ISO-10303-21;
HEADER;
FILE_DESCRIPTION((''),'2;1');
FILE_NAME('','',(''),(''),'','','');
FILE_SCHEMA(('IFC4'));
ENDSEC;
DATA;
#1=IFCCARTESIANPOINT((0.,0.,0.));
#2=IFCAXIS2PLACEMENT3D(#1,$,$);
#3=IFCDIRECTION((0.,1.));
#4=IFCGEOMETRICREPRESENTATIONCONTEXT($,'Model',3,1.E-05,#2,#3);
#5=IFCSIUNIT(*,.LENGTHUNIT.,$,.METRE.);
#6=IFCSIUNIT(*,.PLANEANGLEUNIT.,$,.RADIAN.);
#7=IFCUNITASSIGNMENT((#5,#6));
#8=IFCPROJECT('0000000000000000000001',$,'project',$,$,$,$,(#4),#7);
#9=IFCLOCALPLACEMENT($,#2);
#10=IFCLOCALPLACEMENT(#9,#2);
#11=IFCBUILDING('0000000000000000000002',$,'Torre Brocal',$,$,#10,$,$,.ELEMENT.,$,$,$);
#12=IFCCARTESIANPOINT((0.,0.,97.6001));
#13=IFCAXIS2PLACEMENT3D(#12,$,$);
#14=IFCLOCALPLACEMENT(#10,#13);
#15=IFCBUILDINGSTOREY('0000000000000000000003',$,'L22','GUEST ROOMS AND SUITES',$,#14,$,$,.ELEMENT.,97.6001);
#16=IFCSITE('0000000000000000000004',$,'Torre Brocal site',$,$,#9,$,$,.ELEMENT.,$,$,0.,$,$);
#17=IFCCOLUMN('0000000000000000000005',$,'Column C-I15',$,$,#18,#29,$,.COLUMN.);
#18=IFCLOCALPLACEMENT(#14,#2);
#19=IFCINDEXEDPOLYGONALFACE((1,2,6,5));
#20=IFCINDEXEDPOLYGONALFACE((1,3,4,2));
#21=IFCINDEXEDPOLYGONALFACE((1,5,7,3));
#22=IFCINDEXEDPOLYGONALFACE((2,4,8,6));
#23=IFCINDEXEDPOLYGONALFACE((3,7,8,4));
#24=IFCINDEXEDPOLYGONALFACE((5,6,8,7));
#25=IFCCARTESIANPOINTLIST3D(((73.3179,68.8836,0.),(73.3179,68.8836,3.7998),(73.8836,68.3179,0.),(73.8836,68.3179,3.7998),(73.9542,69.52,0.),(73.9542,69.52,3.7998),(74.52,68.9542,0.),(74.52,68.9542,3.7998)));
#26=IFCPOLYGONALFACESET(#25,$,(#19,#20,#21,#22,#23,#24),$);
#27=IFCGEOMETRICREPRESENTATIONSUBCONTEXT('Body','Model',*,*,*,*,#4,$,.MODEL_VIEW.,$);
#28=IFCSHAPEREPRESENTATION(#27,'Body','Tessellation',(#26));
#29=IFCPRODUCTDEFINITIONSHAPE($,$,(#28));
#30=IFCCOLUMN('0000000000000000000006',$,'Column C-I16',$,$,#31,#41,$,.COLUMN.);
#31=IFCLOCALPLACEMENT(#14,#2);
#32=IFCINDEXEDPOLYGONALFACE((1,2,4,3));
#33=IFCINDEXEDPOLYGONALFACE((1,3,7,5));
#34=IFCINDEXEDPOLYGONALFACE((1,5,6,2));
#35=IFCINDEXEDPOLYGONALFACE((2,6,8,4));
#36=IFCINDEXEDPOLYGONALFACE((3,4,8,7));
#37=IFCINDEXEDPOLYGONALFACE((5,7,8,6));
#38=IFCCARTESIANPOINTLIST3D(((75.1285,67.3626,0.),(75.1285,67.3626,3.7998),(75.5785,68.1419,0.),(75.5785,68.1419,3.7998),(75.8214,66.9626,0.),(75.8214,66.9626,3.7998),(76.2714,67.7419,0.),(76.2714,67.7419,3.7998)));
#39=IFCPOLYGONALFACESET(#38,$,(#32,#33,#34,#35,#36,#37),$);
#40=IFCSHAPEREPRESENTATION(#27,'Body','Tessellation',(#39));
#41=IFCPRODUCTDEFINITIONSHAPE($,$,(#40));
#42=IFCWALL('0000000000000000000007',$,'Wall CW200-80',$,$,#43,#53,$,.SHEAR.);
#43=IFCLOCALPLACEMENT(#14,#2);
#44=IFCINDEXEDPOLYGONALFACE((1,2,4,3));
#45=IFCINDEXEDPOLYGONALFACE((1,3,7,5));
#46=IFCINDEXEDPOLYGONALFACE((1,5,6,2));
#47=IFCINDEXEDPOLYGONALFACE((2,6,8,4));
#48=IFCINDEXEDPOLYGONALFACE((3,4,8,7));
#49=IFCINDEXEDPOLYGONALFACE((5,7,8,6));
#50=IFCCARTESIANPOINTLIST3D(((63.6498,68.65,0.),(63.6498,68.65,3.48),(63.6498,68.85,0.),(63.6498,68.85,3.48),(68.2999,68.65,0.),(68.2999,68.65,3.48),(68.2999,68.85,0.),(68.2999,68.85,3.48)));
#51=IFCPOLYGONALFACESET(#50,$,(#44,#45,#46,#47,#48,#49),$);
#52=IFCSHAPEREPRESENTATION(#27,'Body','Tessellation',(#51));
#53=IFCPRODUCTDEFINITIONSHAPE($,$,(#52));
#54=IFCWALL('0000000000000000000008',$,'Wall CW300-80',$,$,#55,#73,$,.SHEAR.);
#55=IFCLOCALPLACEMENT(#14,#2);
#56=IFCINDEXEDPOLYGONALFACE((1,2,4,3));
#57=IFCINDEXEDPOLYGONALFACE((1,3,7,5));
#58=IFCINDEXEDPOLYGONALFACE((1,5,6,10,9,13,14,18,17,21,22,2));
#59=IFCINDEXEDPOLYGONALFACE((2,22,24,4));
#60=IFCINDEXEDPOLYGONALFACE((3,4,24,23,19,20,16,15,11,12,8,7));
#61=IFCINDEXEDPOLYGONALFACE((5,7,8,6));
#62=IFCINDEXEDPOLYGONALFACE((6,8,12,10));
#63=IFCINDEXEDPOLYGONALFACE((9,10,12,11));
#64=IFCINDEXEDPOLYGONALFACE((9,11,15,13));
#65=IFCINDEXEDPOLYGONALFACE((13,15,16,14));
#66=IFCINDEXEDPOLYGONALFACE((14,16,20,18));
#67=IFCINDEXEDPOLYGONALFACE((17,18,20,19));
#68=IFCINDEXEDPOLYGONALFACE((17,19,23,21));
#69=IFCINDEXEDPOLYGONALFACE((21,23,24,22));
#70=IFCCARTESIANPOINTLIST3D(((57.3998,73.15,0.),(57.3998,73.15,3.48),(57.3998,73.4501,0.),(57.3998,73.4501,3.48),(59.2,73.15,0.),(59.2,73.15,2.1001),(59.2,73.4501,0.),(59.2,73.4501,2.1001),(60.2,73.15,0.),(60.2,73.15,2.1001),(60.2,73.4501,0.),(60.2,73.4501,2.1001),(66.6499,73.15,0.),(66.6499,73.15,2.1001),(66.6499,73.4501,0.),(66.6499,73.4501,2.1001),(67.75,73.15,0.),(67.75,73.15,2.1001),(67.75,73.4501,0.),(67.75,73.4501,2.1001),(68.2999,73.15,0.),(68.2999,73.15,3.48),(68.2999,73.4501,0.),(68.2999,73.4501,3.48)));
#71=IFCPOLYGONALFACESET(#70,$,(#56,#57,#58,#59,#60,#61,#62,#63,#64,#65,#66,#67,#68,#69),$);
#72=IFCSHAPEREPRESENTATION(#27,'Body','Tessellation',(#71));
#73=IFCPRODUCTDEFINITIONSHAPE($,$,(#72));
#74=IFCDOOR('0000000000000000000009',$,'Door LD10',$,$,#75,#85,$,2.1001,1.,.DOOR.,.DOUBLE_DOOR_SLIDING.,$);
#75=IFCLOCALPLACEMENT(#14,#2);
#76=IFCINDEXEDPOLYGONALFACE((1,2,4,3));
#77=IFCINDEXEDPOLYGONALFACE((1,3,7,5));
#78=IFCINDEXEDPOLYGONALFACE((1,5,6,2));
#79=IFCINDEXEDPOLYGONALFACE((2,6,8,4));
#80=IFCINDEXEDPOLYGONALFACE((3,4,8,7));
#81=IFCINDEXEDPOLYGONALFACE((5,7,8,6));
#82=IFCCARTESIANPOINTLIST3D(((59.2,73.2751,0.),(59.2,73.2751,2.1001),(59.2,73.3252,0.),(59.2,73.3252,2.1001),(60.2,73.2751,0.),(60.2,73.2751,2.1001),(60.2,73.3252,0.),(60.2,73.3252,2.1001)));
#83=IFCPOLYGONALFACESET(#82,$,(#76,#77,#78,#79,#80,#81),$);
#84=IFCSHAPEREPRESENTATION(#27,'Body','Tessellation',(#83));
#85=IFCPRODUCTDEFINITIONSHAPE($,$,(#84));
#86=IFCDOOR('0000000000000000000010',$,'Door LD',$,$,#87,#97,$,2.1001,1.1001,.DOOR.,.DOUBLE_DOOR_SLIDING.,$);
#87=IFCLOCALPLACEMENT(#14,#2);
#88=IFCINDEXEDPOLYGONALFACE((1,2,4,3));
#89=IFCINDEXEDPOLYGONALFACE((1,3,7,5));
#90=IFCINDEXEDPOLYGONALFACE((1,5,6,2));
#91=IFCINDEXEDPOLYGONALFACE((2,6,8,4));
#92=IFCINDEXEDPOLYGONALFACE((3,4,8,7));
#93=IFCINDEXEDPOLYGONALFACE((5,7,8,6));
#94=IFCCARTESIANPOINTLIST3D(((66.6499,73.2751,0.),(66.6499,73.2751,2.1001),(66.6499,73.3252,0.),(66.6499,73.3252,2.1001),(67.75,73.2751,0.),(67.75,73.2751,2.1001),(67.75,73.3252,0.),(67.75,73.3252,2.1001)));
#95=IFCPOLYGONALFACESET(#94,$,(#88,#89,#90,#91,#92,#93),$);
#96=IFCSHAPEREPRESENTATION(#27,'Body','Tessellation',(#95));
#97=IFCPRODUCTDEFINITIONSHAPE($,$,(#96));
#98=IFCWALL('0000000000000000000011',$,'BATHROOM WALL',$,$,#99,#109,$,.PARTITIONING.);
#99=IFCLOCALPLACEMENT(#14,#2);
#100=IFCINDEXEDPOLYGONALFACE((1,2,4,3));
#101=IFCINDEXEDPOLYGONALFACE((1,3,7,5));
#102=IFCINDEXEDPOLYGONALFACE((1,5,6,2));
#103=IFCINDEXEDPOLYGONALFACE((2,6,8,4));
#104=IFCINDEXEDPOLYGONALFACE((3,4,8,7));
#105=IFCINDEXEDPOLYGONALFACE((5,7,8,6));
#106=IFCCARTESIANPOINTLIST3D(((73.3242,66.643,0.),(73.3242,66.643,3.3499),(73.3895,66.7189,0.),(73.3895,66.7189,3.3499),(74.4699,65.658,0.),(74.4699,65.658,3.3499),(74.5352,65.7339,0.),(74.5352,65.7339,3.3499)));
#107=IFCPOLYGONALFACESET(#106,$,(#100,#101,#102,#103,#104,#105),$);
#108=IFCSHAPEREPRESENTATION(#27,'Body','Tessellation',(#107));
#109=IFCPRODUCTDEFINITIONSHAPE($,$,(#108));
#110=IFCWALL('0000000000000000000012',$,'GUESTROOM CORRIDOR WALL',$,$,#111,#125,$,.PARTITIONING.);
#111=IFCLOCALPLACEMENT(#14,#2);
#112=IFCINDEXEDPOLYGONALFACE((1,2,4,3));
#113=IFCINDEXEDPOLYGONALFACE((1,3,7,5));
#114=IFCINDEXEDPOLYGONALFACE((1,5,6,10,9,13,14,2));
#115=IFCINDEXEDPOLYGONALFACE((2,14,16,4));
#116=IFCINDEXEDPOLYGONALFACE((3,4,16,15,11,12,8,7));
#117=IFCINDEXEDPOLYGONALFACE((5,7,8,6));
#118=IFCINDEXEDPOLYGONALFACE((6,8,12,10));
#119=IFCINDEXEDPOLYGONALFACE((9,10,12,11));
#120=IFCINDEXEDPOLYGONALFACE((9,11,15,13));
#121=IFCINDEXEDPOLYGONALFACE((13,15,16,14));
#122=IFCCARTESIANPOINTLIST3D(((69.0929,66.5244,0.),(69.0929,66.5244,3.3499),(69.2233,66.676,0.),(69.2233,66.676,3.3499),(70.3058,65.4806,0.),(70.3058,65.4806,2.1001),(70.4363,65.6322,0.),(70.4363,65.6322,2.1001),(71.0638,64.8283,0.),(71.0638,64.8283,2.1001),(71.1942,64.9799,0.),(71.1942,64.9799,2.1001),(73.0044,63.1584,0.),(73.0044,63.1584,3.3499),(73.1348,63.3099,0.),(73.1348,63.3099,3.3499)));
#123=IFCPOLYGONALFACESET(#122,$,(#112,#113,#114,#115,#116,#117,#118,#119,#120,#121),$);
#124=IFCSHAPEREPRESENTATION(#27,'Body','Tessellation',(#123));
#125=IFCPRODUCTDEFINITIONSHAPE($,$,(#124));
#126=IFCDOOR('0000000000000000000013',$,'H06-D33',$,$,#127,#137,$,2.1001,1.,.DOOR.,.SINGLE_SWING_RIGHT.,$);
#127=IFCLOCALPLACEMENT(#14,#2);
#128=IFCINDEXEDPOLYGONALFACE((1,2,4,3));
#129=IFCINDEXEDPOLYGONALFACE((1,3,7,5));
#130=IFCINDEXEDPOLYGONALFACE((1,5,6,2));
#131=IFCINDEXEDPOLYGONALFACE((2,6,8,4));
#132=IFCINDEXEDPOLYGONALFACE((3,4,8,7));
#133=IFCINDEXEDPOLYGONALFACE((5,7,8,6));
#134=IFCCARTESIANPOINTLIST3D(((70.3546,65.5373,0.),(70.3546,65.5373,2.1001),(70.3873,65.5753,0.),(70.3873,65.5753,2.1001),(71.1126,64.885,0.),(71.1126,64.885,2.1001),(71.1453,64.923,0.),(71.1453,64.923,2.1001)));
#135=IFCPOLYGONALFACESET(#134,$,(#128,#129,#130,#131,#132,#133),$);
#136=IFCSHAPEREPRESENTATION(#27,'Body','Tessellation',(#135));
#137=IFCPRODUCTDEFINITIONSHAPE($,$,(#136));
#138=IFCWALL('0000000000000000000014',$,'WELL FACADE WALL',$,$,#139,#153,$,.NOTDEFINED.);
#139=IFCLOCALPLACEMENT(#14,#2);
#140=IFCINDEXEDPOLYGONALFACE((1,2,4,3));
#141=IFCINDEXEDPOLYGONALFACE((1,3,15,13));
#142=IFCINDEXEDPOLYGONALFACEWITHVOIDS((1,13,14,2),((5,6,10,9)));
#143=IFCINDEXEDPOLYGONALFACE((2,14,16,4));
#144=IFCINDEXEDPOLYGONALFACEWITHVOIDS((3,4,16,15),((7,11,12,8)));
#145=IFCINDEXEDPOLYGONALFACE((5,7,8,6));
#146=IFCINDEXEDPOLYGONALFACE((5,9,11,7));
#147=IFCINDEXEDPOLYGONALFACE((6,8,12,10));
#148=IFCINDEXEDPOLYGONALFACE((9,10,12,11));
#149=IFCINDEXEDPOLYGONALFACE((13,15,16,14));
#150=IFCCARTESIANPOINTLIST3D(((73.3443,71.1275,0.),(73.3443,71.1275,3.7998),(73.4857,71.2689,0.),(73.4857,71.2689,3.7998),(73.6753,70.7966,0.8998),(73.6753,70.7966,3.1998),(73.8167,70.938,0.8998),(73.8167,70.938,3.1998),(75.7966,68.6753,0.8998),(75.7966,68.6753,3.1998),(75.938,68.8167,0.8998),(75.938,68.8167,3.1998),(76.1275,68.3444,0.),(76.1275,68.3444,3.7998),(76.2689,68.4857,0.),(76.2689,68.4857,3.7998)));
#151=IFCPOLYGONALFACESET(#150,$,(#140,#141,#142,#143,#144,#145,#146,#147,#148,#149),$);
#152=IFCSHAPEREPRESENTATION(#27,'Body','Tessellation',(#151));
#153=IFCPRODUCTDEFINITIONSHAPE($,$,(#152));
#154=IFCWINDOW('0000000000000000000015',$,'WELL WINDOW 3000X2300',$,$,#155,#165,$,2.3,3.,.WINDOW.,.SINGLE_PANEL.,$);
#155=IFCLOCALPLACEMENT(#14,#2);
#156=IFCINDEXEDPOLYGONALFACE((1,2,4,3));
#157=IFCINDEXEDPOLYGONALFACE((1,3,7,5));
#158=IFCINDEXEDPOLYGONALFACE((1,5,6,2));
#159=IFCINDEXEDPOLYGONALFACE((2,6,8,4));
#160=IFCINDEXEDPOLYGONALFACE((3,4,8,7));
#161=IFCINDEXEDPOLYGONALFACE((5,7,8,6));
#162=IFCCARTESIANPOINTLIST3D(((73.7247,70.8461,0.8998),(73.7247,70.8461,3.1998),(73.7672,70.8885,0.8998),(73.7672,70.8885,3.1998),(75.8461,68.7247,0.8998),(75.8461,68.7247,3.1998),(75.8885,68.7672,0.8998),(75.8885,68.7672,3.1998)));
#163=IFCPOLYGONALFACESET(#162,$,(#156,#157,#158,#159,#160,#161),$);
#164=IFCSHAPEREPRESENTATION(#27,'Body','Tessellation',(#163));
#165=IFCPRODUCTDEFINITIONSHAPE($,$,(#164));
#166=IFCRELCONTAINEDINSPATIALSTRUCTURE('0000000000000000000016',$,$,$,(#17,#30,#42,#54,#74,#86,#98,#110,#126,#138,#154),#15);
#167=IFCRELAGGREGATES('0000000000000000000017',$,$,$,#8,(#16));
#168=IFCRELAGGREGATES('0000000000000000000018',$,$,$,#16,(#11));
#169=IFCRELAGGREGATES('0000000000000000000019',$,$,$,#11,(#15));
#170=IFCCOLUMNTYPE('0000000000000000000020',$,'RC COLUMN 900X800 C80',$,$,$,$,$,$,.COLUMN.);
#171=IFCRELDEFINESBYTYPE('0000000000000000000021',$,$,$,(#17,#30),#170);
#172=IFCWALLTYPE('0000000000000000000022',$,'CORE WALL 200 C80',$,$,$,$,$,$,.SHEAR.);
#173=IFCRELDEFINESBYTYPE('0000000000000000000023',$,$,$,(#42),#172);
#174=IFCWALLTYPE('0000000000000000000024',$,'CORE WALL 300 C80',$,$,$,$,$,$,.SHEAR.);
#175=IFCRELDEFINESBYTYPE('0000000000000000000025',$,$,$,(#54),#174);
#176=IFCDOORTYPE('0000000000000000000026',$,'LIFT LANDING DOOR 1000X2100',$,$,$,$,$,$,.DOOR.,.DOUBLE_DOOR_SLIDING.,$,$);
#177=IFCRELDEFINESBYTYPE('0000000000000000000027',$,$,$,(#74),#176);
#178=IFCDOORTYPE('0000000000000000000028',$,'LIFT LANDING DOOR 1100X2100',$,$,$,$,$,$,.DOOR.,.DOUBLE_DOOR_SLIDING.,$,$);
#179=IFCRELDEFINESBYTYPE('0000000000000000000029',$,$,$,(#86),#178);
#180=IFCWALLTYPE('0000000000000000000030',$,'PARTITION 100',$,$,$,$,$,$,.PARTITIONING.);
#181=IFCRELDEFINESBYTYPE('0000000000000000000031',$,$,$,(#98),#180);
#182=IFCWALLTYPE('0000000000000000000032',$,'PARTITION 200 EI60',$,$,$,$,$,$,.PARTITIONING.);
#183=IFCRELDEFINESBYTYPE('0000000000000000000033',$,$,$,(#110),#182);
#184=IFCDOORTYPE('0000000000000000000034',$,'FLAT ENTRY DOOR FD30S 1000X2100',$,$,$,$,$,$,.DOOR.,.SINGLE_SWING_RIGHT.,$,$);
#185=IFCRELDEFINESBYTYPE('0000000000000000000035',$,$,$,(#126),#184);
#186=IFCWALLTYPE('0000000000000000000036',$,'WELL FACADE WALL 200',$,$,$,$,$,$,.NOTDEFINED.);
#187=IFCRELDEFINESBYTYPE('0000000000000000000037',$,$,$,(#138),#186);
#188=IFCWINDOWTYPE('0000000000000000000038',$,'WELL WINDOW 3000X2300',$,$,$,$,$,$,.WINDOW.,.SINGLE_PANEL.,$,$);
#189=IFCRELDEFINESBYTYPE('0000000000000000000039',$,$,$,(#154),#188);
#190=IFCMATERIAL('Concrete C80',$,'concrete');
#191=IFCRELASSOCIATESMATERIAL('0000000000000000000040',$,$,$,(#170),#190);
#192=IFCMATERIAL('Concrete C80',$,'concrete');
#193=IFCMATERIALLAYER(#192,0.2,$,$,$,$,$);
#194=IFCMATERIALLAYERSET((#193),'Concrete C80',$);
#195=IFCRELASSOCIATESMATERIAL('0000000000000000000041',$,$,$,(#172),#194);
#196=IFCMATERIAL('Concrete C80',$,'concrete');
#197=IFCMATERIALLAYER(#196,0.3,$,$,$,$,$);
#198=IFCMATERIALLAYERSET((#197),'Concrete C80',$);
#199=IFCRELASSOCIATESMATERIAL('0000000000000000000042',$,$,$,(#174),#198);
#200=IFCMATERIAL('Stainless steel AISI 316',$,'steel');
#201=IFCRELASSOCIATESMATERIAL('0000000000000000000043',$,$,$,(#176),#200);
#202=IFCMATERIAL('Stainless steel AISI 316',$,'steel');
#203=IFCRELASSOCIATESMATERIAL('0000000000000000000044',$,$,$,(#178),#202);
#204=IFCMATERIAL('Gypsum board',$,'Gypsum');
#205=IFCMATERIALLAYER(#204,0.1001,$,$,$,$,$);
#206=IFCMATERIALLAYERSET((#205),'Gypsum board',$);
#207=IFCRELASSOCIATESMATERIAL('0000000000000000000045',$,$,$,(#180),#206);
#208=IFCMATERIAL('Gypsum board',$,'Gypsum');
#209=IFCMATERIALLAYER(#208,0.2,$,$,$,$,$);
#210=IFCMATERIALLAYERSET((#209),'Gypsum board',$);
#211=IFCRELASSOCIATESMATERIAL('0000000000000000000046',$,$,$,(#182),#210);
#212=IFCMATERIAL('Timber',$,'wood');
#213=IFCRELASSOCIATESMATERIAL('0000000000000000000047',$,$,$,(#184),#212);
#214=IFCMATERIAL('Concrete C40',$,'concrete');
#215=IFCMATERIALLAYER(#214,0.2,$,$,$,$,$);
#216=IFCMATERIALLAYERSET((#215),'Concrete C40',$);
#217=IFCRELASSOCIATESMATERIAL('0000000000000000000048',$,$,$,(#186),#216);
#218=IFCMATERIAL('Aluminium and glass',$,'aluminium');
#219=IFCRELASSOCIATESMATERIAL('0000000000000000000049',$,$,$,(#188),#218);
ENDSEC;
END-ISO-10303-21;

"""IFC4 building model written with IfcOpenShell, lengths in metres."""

from ifc_helpers import new_model, si_unit, direction, frame, frame_2d, origin, origin_2d, place, context, subcontext, project, spatial, rectangle, extrude, material, layer, layer_set, material_profile, profile_set, type_object, element, fill, save


model = new_model("IFC4")

# Units and contexts
model_context = context("Model", 3, precision=1e-05, world=origin(), true_north=direction((0.0, 1.0)))
body_context = subcontext(model_context, "Body", "Model", "MODEL_VIEW")
ifc_project = project(units=[si_unit("LENGTHUNIT", "METRE"), si_unit("PLANEANGLEUNIT", "RADIAN")], contexts=[model_context])

# Site, building, storey
site_placement = place(None, origin())
site = spatial("IfcSite", under=ifc_project, at=site_placement, Name="Torre Brocal site", CompositionType="ELEMENT", RefElevation=0.0)
building_placement = place(site_placement, origin())
building = spatial("IfcBuilding", under=site, at=building_placement, Name="Torre Brocal", CompositionType="ELEMENT")
storey_placement = place(building_placement, frame((0.0, 0.0, 97.6001)))
storey = spatial("IfcBuildingStorey", under=building, at=storey_placement, Name="L22", Description="GUEST ROOMS AND SUITES", CompositionType="ELEMENT", Elevation=97.6001)

# Columns
ifc_material_1 = material(Name="Concrete C80", Category="concrete")
ifc_material_profile = material_profile(ifc_material_1, rectangle(XDim=0.8999, YDim=0.8, at=origin_2d()), Name="RC 900X800")
ifc_profile_set = profile_set([ifc_material_profile], Name="Concrete C80")
column_type = type_object("IfcColumnType", Name="RC COLUMN 900X800 C80", PredefinedType="COLUMN", material=ifc_profile_set)
for number, where, z_axis, x_axis, name in (
    (1, (73.9189, 68.9189, 0.0), (0.0, 0.0, 1.0), (-0.707107, -0.707107, 0.0), "Column C-I15"),
    (2, (75.7, 67.5522, 0.0), (0.0, 0.0, 1.0), (-0.5, -0.866025, 0.0), "Column C-I16"),
):
    element("IfcColumn", number, at=place(storey_placement, frame(where, z_axis=z_axis, x_axis=x_axis)), inside=storey, type_object=column_type, Name=name, PredefinedType="COLUMN", context=body_context, shape_type="SweptSolid", body=[
        extrude(rectangle(XDim=0.8999, YDim=0.8, at=origin_2d()), origin(), (0.0, 0.0, 1.0), 3.7998),
    ])

# Wall
ifc_material_2 = material(Name="Concrete C80", Category="concrete")
ifc_layer_1 = layer(ifc_material_2, 0.2)
ifc_layer_set_1 = layer_set([ifc_layer_1], Name="Concrete C80")
wall_type_1 = type_object("IfcWallType", Name="CORE WALL 200 C80", PredefinedType="SHEAR", material=ifc_layer_set_1)
wall_1_placement = place(storey_placement, frame((68.3, 68.75, 0.0), z_axis=(0.0, 0.0, 1.0), x_axis=(-1.0, 0.0, 0.0)))
element("IfcWall", 3, at=wall_1_placement, inside=storey, type_object=wall_type_1, Name="Wall CW200-80", PredefinedType="SHEAR", context=body_context, shape_type="SweptSolid", body=[
    extrude(rectangle(XDim=4.6501, YDim=0.2, at=frame_2d((2.3252, 0.0))), origin(), (0.0, 0.0, 1.0), 3.48),
])

# Wall, openings, doors
ifc_material_3 = material(Name="Concrete C80", Category="concrete")
ifc_layer_2 = layer(ifc_material_3, 0.3)
ifc_layer_set_2 = layer_set([ifc_layer_2], Name="Concrete C80")
wall_type_2 = type_object("IfcWallType", Name="CORE WALL 300 C80", PredefinedType="SHEAR", material=ifc_layer_set_2)
wall_2_placement = place(storey_placement, frame((68.3, 73.3, 0.0), z_axis=(0.0, 0.0, 1.0), x_axis=(-1.0, 0.0, 0.0)))
wall_2 = element("IfcWall", 4, at=wall_2_placement, inside=storey, type_object=wall_type_2, Name="Wall CW300-80", PredefinedType="SHEAR", context=body_context, shape_type="SweptSolid", body=[
    extrude(rectangle(XDim=10.9001, YDim=0.3, at=frame_2d((5.4502, 0.0))), origin(), (0.0, 0.0, 1.0), 3.48),
])
opening_1_placement = place(wall_2_placement, frame((0.55, 0.0, 0.0)))
opening_1 = element("IfcOpeningElement", 5, at=opening_1_placement, cuts=wall_2, PredefinedType="OPENING", context=body_context, shape_type="SweptSolid", body=[
    extrude(rectangle(XDim=1.1001, YDim=2.1001, at=frame_2d((0.55, 1.05))), frame((0.0, 0.1599, 0.0), z_axis=(0.0, -1.0, 0.0), x_axis=(1.0, 0.0, 0.0)), (0.0, 0.0, 1.0), 0.3201),
])
opening_2_placement = place(wall_2_placement, frame((8.1001, 0.0, 0.0)))
opening_2 = element("IfcOpeningElement", 6, at=opening_2_placement, cuts=wall_2, PredefinedType="OPENING", context=body_context, shape_type="SweptSolid", body=[
    extrude(rectangle(XDim=1.0, YDim=2.1001, at=frame_2d((0.5, 1.05))), frame((0.0, 0.1599, 0.0), z_axis=(0.0, -1.0, 0.0), x_axis=(1.0, 0.0, 0.0)), (0.0, 0.0, 1.0), 0.3201),
])
ifc_material_4 = material(Name="Stainless steel AISI 316", Category="steel")
door_type_1 = type_object("IfcDoorType", Name="LIFT LANDING DOOR 1000X2100", OperationType="DOUBLE_DOOR_SLIDING", PredefinedType="DOOR", material=ifc_material_4)
door_1_placement = place(opening_2_placement, origin())
door_1 = element("IfcDoor", 7, at=door_1_placement, inside=storey, type_object=door_type_1, Name="Door LD10", OperationType="DOUBLE_DOOR_SLIDING", OverallHeight=2.1001, OverallWidth=1.0, PredefinedType="DOOR", context=body_context, shape_type="SweptSolid", body=[
    extrude(rectangle(XDim=1.0, YDim=2.1001, at=frame_2d((0.5, 1.05))), frame((0.0, 0.0249, 0.0), z_axis=(0.0, -1.0, 0.0), x_axis=(1.0, 0.0, 0.0)), (0.0, 0.0, 1.0), 0.05),
])
fill(opening_2, door_1)
ifc_material_5 = material(Name="Stainless steel AISI 316", Category="steel")
door_type_2 = type_object("IfcDoorType", Name="LIFT LANDING DOOR 1100X2100", OperationType="DOUBLE_DOOR_SLIDING", PredefinedType="DOOR", material=ifc_material_5)
door_2_placement = place(opening_1_placement, origin())
door_2 = element("IfcDoor", 8, at=door_2_placement, inside=storey, type_object=door_type_2, Name="Door LD", OperationType="DOUBLE_DOOR_SLIDING", OverallHeight=2.1001, OverallWidth=1.1001, PredefinedType="DOOR", context=body_context, shape_type="SweptSolid", body=[
    extrude(rectangle(XDim=1.1001, YDim=2.1001, at=frame_2d((0.55, 1.05))), frame((0.0, 0.0249, 0.0), z_axis=(0.0, -1.0, 0.0), x_axis=(1.0, 0.0, 0.0)), (0.0, 0.0, 1.0), 0.05),
])
fill(opening_1, door_2)

# Wall
ifc_material_6 = material(Name="Gypsum board", Category="Gypsum")
ifc_layer_3 = layer(ifc_material_6, 0.1001)
ifc_layer_set_3 = layer_set([ifc_layer_3], Name="Gypsum board")
wall_type_3 = type_object("IfcWallType", Name="PARTITION 100", PredefinedType="PARTITIONING", material=ifc_layer_set_3)
wall_3_placement = place(storey_placement, frame((73.3569, 66.6809, 0.0), z_axis=(0.0, 0.0, 1.0), x_axis=(0.758263, -0.651948, 0.0)))
element("IfcWall", 9, at=wall_3_placement, inside=storey, type_object=wall_type_3, Name="BATHROOM WALL", PredefinedType="PARTITIONING", context=body_context, shape_type="SweptSolid", body=[
    extrude(rectangle(XDim=1.511, YDim=0.1001, at=frame_2d((0.7554, 0.0))), origin(), (0.0, 0.0, 1.0), 3.3499),
])

# Wall, opening, door
ifc_material_7 = material(Name="Gypsum board", Category="Gypsum")
ifc_layer_4 = layer(ifc_material_7, 0.2)
ifc_layer_set_4 = layer_set([ifc_layer_4], Name="Gypsum board")
wall_type_4 = type_object("IfcWallType", Name="PARTITION 200 EI60", PredefinedType="PARTITIONING", material=ifc_layer_set_4)
wall_4_placement = place(storey_placement, frame((69.1582, 66.6001, 0.0), z_axis=(0.0, 0.0, 1.0), x_axis=(0.757976, -0.652282, 0.0)))
wall_4 = element("IfcWall", 10, at=wall_4_placement, inside=storey, type_object=wall_type_4, Name="GUESTROOM CORRIDOR WALL", PredefinedType="PARTITIONING", context=body_context, shape_type="SweptSolid", body=[
    extrude(rectangle(XDim=5.1604, YDim=0.2, at=frame_2d((2.5801, 0.0))), origin(), (0.0, 0.0, 1.0), 3.3499),
])
opening_3_placement = place(wall_4_placement, frame((1.6001, 0.0, 0.0)))
opening_3 = element("IfcOpeningElement", 11, at=opening_3_placement, cuts=wall_4, PredefinedType="OPENING", context=body_context, shape_type="SweptSolid", body=[
    extrude(rectangle(XDim=1.0, YDim=2.1001, at=frame_2d((0.5, 1.05))), frame((0.0, 0.1099, 0.0), z_axis=(0.0, -1.0, 0.0), x_axis=(1.0, 0.0, 0.0)), (0.0, 0.0, 1.0), 0.22),
])
ifc_material_8 = material(Name="Timber", Category="wood")
door_type_3 = type_object("IfcDoorType", Name="FLAT ENTRY DOOR FD30S 1000X2100", OperationType="SINGLE_SWING_RIGHT", PredefinedType="DOOR", material=ifc_material_8)
door_3_placement = place(opening_3_placement, origin())
door_3 = element("IfcDoor", 12, at=door_3_placement, inside=storey, type_object=door_type_3, Name="H06-D33", OperationType="SINGLE_SWING_RIGHT", OverallHeight=2.1001, OverallWidth=1.0, PredefinedType="DOOR", context=body_context, shape_type="SweptSolid", body=[
    extrude(rectangle(XDim=1.0, YDim=2.1001, at=frame_2d((0.5, 1.05))), frame((0.0, 0.0249, 0.0), z_axis=(0.0, -1.0, 0.0), x_axis=(1.0, 0.0, 0.0)), (0.0, 0.0, 1.0), 0.05),
])
fill(opening_3, door_3)

# Wall, opening, window
ifc_material_9 = material(Name="Concrete C40", Category="concrete")
ifc_layer_5 = layer(ifc_material_9, 0.2)
ifc_layer_set_5 = layer_set([ifc_layer_5], Name="Concrete C40")
wall_type_5 = type_object("IfcWallType", Name="WELL FACADE WALL 200", PredefinedType="NOTDEFINED", material=ifc_layer_set_5)
wall_5_placement = place(storey_placement, frame((73.415, 71.1982, 0.0), z_axis=(0.0, 0.0, 1.0), x_axis=(0.707107, -0.707107, 0.0)))
wall_5 = element("IfcWall", 13, at=wall_5_placement, inside=storey, type_object=wall_type_5, Name="WELL FACADE WALL", PredefinedType="NOTDEFINED", context=body_context, shape_type="SweptSolid", body=[
    extrude(rectangle(XDim=3.936, YDim=0.2, at=frame_2d((1.968, 0.0))), origin(), (0.0, 0.0, 1.0), 3.7998),
])
opening_4_placement = place(wall_5_placement, frame((0.468, 0.0, 0.8999)))
opening_4 = element("IfcOpeningElement", 14, at=opening_4_placement, cuts=wall_5, PredefinedType="OPENING", context=body_context, shape_type="SweptSolid", body=[
    extrude(rectangle(XDim=3.0, YDim=2.3, at=frame_2d((1.5, 1.1499))), frame((0.0, 0.1099, 0.0), z_axis=(0.0, -1.0, 0.0), x_axis=(1.0, 0.0, 0.0)), (0.0, 0.0, 1.0), 0.22),
])
ifc_material_10 = material(Name="Aluminium and glass", Category="aluminium")
window_type = type_object("IfcWindowType", Name="WELL WINDOW 3000X2300", PartitioningType="SINGLE_PANEL", PredefinedType="WINDOW", material=ifc_material_10)
window_1_placement = place(opening_4_placement, origin())
window_1 = element("IfcWindow", 15, at=window_1_placement, inside=storey, type_object=window_type, Name="WELL WINDOW 3000X2300", OverallHeight=2.3, OverallWidth=3.0, PartitioningType="SINGLE_PANEL", PredefinedType="WINDOW", context=body_context, shape_type="SweptSolid", body=[
    extrude(rectangle(XDim=3.0, YDim=2.3, at=frame_2d((1.5, 1.1499))), frame((0.0, 0.03, 0.0), z_axis=(0.0, -1.0, 0.0), x_axis=(1.0, 0.0, 0.0)), (0.0, 0.0, 1.0), 0.0601),
])
fill(opening_4, window_1)

save(model, "model.ifc")
